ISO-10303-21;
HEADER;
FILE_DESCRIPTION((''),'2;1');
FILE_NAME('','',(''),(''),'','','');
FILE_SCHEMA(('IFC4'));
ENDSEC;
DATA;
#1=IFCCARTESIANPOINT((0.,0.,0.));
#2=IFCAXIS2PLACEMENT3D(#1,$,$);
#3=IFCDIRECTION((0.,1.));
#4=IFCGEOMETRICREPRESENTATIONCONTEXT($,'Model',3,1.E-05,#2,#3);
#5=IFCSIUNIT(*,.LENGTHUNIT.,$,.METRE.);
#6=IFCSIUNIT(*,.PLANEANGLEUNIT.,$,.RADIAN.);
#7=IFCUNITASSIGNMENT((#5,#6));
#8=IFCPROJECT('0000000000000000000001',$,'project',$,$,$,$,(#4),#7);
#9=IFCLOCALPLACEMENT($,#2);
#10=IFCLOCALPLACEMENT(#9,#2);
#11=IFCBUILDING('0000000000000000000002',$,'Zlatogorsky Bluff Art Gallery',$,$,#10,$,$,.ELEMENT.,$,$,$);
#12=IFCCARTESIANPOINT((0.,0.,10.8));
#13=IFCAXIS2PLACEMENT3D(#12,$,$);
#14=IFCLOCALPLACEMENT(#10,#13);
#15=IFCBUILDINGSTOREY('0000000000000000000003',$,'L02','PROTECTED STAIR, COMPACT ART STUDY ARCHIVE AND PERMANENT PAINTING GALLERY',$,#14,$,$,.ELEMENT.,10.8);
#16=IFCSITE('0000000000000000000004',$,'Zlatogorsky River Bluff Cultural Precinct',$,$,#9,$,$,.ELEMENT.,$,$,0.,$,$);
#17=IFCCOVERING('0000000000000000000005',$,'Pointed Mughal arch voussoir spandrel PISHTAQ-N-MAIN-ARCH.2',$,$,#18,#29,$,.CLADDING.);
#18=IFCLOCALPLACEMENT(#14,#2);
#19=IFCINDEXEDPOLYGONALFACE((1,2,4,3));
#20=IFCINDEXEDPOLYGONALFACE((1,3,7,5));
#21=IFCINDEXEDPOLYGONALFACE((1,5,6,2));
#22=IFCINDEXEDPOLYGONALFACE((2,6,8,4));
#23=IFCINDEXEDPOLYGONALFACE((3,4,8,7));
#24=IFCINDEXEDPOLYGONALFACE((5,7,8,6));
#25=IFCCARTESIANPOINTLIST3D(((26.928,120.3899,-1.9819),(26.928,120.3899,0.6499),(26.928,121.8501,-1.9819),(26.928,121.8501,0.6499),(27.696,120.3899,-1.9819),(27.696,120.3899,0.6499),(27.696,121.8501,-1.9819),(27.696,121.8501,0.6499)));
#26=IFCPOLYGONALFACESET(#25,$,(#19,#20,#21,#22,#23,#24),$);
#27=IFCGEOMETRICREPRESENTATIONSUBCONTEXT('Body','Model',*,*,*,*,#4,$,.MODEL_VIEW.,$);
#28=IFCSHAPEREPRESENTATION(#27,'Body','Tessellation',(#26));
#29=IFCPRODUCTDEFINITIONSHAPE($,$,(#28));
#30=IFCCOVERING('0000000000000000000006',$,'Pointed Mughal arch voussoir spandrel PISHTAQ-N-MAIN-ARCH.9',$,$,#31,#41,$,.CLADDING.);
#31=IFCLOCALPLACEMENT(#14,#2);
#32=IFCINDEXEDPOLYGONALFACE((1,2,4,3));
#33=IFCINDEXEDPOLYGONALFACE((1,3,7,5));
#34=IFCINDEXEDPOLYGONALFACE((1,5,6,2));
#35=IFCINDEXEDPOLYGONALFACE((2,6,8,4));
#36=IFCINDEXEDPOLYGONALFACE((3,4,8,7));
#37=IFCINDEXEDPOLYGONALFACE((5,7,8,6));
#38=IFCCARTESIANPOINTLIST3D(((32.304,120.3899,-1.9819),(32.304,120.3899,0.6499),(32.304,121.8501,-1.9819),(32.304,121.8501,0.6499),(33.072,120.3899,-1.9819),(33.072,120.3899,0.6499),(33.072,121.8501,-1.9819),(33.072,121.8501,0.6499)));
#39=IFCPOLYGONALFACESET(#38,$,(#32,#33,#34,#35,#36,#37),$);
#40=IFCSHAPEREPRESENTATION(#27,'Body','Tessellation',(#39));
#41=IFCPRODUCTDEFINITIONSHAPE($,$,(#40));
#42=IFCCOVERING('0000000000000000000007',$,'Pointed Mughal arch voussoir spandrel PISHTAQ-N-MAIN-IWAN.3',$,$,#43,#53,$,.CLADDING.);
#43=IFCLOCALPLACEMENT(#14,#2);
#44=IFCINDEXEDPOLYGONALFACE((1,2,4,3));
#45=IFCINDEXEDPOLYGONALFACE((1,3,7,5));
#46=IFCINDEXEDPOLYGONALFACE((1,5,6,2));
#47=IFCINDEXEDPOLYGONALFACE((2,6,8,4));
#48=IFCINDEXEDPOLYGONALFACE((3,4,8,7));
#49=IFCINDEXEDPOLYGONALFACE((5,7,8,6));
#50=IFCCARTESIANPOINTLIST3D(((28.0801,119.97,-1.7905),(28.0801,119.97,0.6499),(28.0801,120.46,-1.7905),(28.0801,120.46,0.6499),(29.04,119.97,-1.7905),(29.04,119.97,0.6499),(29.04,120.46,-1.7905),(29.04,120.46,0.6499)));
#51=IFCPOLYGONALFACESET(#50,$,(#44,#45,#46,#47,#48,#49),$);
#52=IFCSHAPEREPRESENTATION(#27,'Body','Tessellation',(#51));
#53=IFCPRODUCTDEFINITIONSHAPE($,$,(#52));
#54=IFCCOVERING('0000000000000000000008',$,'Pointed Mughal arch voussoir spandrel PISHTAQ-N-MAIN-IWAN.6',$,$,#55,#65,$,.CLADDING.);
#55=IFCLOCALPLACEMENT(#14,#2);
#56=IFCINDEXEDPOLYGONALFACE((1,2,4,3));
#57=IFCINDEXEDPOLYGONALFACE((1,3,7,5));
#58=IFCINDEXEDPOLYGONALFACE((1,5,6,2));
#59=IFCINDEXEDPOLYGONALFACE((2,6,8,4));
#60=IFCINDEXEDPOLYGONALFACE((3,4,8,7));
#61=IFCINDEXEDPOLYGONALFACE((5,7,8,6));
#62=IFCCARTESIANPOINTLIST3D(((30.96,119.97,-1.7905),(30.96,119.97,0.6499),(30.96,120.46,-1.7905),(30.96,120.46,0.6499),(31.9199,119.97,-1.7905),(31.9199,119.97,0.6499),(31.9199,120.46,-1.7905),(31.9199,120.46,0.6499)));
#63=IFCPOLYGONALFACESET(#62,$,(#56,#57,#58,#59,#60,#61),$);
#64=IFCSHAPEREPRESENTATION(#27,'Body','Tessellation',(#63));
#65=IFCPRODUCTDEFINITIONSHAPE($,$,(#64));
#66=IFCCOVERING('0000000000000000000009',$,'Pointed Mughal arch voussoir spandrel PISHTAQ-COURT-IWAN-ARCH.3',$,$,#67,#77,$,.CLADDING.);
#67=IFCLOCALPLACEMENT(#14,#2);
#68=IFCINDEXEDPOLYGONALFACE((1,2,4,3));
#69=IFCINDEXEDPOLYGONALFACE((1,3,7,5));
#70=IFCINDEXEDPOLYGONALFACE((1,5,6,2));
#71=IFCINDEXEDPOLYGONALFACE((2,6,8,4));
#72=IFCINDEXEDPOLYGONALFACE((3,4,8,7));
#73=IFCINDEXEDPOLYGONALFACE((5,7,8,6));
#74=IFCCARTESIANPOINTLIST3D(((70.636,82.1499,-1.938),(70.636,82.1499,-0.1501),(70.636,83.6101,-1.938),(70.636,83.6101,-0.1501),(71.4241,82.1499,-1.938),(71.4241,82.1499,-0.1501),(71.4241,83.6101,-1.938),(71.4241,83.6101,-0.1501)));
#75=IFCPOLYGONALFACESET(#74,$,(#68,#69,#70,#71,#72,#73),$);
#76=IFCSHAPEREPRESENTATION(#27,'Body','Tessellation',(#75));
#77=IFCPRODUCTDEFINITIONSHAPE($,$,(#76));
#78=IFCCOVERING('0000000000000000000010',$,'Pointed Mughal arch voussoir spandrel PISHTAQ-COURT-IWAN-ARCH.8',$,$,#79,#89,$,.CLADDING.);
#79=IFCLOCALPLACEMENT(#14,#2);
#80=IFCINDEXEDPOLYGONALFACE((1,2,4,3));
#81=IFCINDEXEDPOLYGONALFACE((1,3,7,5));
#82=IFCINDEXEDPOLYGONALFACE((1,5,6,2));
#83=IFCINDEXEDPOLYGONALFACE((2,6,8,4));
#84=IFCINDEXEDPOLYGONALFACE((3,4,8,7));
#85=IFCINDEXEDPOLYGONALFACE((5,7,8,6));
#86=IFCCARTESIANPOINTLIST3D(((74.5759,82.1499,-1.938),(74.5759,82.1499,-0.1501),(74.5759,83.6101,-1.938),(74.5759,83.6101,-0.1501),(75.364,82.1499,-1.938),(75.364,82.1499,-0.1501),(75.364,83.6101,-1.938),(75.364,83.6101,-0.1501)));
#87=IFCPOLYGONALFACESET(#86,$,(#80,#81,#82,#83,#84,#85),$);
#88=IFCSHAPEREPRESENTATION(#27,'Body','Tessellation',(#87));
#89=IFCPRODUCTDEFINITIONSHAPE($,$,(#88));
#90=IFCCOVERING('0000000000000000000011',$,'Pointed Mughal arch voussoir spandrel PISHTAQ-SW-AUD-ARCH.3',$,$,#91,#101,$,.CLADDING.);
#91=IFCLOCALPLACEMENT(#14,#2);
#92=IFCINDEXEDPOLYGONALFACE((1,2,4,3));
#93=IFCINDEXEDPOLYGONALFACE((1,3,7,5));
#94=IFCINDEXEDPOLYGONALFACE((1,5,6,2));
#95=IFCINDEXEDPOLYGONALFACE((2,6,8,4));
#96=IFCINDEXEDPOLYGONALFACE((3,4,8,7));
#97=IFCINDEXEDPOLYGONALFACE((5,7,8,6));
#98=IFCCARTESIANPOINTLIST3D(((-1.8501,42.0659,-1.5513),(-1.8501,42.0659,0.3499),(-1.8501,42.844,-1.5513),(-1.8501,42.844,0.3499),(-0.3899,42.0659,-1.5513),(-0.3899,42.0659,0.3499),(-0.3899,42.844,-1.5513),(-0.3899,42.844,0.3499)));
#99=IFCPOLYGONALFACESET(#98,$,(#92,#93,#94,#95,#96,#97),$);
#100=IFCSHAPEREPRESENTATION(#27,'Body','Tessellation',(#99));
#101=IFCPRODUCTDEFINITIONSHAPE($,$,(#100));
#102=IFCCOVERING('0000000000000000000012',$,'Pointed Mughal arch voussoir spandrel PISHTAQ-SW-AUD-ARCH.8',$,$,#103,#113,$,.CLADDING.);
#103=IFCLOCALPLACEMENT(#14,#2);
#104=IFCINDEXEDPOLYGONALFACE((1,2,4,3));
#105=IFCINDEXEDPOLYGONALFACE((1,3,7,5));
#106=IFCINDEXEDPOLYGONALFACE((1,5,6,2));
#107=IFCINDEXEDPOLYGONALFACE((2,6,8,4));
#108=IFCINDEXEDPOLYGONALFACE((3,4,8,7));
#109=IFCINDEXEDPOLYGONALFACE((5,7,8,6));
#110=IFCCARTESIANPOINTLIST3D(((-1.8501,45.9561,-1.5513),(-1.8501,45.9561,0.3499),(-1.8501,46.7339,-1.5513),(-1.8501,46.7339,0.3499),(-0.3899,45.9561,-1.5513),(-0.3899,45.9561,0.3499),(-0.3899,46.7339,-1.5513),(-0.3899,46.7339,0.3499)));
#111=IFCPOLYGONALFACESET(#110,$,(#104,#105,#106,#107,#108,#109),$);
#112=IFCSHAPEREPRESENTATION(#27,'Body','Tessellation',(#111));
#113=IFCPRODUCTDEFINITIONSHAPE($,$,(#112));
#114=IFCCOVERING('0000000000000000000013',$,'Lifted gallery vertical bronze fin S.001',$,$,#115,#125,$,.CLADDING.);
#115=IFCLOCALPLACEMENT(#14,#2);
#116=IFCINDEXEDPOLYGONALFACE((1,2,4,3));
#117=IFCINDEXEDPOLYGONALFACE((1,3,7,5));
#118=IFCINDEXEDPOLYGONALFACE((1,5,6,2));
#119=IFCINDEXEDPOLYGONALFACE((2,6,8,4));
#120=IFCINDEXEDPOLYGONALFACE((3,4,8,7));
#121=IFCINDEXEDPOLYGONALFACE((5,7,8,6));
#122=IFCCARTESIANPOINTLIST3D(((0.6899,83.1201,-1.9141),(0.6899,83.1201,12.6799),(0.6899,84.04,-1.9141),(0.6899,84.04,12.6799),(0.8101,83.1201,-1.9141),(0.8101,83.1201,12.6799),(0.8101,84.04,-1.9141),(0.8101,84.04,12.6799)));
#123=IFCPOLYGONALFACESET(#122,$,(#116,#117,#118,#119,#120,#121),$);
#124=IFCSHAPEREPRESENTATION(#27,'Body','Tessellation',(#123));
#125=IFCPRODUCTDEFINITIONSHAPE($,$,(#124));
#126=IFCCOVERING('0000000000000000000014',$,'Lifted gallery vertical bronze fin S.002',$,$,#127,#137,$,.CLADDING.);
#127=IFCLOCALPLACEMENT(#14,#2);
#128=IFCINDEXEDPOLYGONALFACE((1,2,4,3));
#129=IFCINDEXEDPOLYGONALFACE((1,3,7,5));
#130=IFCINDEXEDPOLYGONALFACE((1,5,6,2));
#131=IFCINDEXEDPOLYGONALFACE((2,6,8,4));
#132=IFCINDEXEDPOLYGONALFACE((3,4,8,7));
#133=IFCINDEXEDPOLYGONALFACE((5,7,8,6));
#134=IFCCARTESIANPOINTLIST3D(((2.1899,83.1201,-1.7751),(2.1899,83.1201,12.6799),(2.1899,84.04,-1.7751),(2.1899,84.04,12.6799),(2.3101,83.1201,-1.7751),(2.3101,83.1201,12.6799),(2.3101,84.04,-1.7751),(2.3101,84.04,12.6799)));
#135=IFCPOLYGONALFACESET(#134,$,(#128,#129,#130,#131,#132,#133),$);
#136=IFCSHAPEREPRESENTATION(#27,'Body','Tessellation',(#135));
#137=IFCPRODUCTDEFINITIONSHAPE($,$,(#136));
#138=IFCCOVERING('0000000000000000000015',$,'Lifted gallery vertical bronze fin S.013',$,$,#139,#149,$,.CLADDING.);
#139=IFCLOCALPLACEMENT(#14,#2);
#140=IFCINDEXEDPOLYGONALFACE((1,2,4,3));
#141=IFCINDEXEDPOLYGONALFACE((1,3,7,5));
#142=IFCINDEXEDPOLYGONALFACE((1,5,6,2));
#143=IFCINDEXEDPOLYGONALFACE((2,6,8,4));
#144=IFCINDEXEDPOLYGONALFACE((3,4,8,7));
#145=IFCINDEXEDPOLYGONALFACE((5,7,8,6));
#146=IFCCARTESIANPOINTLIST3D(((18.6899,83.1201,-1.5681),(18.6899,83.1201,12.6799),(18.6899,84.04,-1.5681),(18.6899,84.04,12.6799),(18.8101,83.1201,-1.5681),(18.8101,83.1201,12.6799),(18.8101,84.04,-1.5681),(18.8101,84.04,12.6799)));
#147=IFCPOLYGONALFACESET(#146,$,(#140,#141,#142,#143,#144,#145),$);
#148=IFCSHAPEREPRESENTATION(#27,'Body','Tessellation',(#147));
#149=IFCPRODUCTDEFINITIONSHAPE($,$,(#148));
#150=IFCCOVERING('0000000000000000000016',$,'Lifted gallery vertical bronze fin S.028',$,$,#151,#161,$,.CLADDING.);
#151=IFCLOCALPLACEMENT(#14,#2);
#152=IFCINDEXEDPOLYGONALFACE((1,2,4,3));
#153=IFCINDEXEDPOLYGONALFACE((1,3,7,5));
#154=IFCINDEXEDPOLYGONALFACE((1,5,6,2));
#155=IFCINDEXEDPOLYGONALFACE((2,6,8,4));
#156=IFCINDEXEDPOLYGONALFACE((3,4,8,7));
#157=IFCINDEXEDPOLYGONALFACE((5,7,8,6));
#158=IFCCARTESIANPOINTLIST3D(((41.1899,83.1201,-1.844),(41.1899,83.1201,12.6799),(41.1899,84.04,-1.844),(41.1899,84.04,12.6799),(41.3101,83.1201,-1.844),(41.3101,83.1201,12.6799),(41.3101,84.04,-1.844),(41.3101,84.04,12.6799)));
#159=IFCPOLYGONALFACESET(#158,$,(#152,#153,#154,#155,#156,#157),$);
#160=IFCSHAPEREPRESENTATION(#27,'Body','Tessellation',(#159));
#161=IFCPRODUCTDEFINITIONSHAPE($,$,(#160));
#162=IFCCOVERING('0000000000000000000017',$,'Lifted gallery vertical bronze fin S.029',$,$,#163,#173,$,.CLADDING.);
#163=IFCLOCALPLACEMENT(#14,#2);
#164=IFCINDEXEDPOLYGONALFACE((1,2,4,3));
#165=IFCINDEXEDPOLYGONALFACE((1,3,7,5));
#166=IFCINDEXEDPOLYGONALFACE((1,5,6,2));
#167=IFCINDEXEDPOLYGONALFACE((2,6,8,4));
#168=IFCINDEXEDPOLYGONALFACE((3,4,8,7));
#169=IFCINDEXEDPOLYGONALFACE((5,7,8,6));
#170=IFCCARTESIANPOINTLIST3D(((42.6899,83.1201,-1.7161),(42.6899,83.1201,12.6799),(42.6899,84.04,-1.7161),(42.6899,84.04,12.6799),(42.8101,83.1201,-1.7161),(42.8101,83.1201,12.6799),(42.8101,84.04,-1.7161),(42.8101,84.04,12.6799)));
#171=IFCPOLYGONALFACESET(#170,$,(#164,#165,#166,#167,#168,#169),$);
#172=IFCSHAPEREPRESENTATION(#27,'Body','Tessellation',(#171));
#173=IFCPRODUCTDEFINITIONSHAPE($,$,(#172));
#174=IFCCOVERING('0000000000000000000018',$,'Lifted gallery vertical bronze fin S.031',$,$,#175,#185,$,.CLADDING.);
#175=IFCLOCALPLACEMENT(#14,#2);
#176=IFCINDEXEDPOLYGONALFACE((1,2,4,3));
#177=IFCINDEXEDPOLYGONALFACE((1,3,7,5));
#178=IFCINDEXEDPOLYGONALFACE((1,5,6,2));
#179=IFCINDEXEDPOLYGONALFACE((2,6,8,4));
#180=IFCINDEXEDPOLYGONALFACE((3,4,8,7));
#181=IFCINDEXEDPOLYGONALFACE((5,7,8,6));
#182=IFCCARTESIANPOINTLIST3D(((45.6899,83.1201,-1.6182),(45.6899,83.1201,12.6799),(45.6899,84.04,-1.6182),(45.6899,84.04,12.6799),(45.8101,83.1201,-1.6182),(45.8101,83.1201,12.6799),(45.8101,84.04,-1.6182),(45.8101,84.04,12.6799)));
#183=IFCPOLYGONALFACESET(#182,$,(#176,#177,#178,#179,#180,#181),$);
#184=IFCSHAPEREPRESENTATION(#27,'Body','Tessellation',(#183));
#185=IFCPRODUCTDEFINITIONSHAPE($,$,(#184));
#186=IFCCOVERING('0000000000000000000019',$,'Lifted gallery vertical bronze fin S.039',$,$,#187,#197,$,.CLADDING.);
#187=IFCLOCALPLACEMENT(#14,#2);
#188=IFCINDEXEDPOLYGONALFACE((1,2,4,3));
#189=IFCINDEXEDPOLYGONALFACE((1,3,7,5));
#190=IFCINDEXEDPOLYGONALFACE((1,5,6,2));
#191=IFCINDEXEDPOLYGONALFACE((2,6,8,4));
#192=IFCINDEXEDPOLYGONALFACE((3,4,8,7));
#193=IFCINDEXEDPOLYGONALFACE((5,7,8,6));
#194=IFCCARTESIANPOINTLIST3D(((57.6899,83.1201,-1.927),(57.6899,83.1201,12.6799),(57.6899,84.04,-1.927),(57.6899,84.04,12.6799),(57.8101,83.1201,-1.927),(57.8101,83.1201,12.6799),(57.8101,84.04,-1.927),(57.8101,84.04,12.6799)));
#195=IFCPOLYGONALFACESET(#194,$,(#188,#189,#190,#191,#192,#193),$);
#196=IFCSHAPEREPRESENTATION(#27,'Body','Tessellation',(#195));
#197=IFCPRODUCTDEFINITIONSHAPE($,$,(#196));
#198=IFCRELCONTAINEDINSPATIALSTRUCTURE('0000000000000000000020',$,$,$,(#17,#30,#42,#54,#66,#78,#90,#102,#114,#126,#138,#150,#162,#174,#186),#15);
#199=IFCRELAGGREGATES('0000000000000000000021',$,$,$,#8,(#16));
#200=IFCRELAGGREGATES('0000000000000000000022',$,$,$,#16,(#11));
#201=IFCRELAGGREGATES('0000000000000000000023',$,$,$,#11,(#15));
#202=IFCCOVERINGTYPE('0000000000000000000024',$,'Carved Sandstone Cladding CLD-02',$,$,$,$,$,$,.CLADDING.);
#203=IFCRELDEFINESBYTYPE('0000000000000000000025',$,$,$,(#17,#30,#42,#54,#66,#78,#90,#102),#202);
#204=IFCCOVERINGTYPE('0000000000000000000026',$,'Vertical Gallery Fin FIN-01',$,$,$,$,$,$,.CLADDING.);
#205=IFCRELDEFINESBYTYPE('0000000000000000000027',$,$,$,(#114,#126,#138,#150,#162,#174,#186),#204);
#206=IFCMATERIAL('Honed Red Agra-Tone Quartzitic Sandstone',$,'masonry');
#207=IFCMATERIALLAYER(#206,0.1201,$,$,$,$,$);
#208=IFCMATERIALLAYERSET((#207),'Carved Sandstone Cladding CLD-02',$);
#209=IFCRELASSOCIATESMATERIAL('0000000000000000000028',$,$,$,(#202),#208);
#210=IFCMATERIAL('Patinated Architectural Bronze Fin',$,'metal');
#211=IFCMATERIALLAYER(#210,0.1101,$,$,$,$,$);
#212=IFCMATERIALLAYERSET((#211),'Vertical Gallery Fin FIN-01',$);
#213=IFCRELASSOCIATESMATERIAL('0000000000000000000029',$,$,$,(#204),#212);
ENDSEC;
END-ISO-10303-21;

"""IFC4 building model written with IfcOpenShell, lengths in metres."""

from ifc_helpers import new_model, si_unit, direction, frame, origin, place, context, subcontext, project, spatial, polyline, outline, extrude, material, layer, layer_set, type_object, element, save


model = new_model("IFC4")

# Units and contexts
model_context = context("Model", 3, precision=1e-05, world=origin(), true_north=direction((0.0, 1.0)))
body_context = subcontext(model_context, "Body", "Model", "MODEL_VIEW")
ifc_project = project(units=[si_unit("LENGTHUNIT", "METRE"), si_unit("PLANEANGLEUNIT", "RADIAN")], contexts=[model_context])

# Site, building, storey
site_placement = place(None, origin())
site = spatial("IfcSite", under=ifc_project, at=site_placement, Name="Zlatogorsky River Bluff Cultural Precinct", CompositionType="ELEMENT", RefElevation=0.0)
building_placement = place(site_placement, origin())
building = spatial("IfcBuilding", under=site, at=building_placement, Name="Zlatogorsky Bluff Art Gallery", CompositionType="ELEMENT")
storey_placement = place(building_placement, frame((0.0, 0.0, 10.8)))
storey = spatial("IfcBuildingStorey", under=building, at=storey_placement, Name="L02", Description="PROTECTED STAIR, COMPACT ART STUDY ARCHIVE AND PERMANENT PAINTING GALLERY", CompositionType="ELEMENT", Elevation=10.8)

# Coverings
ifc_material_1 = material(Name="Honed Red Agra-Tone Quartzitic Sandstone", Category="masonry")
ifc_layer_1 = layer(ifc_material_1, 0.1201)
ifc_layer_set_1 = layer_set([ifc_layer_1], Name="Carved Sandstone Cladding CLD-02")
covering_type_1 = type_object("IfcCoveringType", Name="Carved Sandstone Cladding CLD-02", PredefinedType="CLADDING", material=ifc_layer_set_1)
covering_1_placement = place(storey_placement, frame((0.0, 0.0, -1.9819)))
element("IfcCovering", 1, at=covering_1_placement, inside=storey, type_object=covering_type_1, Name="Pointed Mughal arch voussoir spandrel PISHTAQ-N-MAIN-ARCH.2", PredefinedType="CLADDING", context=body_context, shape_type="SweptSolid", body=[
    extrude(outline(polyline([(26.928, 120.3899), (27.696, 120.3899), (27.696, 121.8501), (26.928, 121.8501), (26.928, 120.3899)])), origin(), (0.0, 0.0, 1.0), 2.6318),
])
covering_2_placement = place(storey_placement, frame((0.0, 0.0, -1.9819)))
element("IfcCovering", 2, at=covering_2_placement, inside=storey, type_object=covering_type_1, Name="Pointed Mughal arch voussoir spandrel PISHTAQ-N-MAIN-ARCH.9", PredefinedType="CLADDING", context=body_context, shape_type="SweptSolid", body=[
    extrude(outline(polyline([(32.304, 120.3899), (33.072, 120.3899), (33.072, 121.8501), (32.304, 121.8501), (32.304, 120.3899)])), origin(), (0.0, 0.0, 1.0), 2.6318),
])
covering_3_placement = place(storey_placement, frame((0.0, 0.0, -1.7905)))
element("IfcCovering", 3, at=covering_3_placement, inside=storey, type_object=covering_type_1, Name="Pointed Mughal arch voussoir spandrel PISHTAQ-N-MAIN-IWAN.3", PredefinedType="CLADDING", context=body_context, shape_type="SweptSolid", body=[
    extrude(outline(polyline([(28.0801, 119.97), (29.04, 119.97), (29.04, 120.46), (28.0801, 120.46), (28.0801, 119.97)])), origin(), (0.0, 0.0, 1.0), 2.4404),
])
covering_4_placement = place(storey_placement, frame((0.0, 0.0, -1.7905)))
element("IfcCovering", 4, at=covering_4_placement, inside=storey, type_object=covering_type_1, Name="Pointed Mughal arch voussoir spandrel PISHTAQ-N-MAIN-IWAN.6", PredefinedType="CLADDING", context=body_context, shape_type="SweptSolid", body=[
    extrude(outline(polyline([(30.96, 119.97), (31.9199, 119.97), (31.9199, 120.46), (30.96, 120.46), (30.96, 119.97)])), origin(), (0.0, 0.0, 1.0), 2.4404),
])
covering_5_placement = place(storey_placement, frame((0.0, 0.0, -1.938)))
element("IfcCovering", 5, at=covering_5_placement, inside=storey, type_object=covering_type_1, Name="Pointed Mughal arch voussoir spandrel PISHTAQ-COURT-IWAN-ARCH.3", PredefinedType="CLADDING", context=body_context, shape_type="SweptSolid", body=[
    extrude(outline(polyline([(70.636, 82.1499), (71.4241, 82.1499), (71.4241, 83.6101), (70.636, 83.6101), (70.636, 82.1499)])), origin(), (0.0, 0.0, 1.0), 1.7878),
])
covering_6_placement = place(storey_placement, frame((0.0, 0.0, -1.938)))
element("IfcCovering", 6, at=covering_6_placement, inside=storey, type_object=covering_type_1, Name="Pointed Mughal arch voussoir spandrel PISHTAQ-COURT-IWAN-ARCH.8", PredefinedType="CLADDING", context=body_context, shape_type="SweptSolid", body=[
    extrude(outline(polyline([(74.5759, 82.1499), (75.364, 82.1499), (75.364, 83.6101), (74.5759, 83.6101), (74.5759, 82.1499)])), origin(), (0.0, 0.0, 1.0), 1.7878),
])
covering_7_placement = place(storey_placement, frame((0.0, 0.0, -1.5513)))
element("IfcCovering", 7, at=covering_7_placement, inside=storey, type_object=covering_type_1, Name="Pointed Mughal arch voussoir spandrel PISHTAQ-SW-AUD-ARCH.3", PredefinedType="CLADDING", context=body_context, shape_type="SweptSolid", body=[
    extrude(outline(polyline([(-1.8501, 42.0659), (-1.8501, 42.844), (-0.3899, 42.844), (-0.3899, 42.0659), (-1.8501, 42.0659)])), origin(), (0.0, 0.0, 1.0), 1.9011),
])
covering_8_placement = place(storey_placement, frame((0.0, 0.0, -1.5513)))
element("IfcCovering", 8, at=covering_8_placement, inside=storey, type_object=covering_type_1, Name="Pointed Mughal arch voussoir spandrel PISHTAQ-SW-AUD-ARCH.8", PredefinedType="CLADDING", context=body_context, shape_type="SweptSolid", body=[
    extrude(outline(polyline([(-1.8501, 45.9561), (-1.8501, 46.7339), (-0.3899, 46.7339), (-0.3899, 45.9561), (-1.8501, 45.9561)])), origin(), (0.0, 0.0, 1.0), 1.9011),
])
ifc_material_2 = material(Name="Patinated Architectural Bronze Fin", Category="metal")
ifc_layer_2 = layer(ifc_material_2, 0.1101)
ifc_layer_set_2 = layer_set([ifc_layer_2], Name="Vertical Gallery Fin FIN-01")
covering_type_2 = type_object("IfcCoveringType", Name="Vertical Gallery Fin FIN-01", PredefinedType="CLADDING", material=ifc_layer_set_2)
covering_9_placement = place(storey_placement, frame((0.0, 0.0, -1.9141)))
element("IfcCovering", 9, at=covering_9_placement, inside=storey, type_object=covering_type_2, Name="Lifted gallery vertical bronze fin S.001", PredefinedType="CLADDING", context=body_context, shape_type="SweptSolid", body=[
    extrude(outline(polyline([(0.6899, 83.1201), (0.8101, 83.1201), (0.8101, 84.04), (0.6899, 84.04), (0.6899, 83.1201)])), origin(), (0.0, 0.0, 1.0), 14.594),
])
covering_10_placement = place(storey_placement, frame((0.0, 0.0, -1.7751)))
element("IfcCovering", 10, at=covering_10_placement, inside=storey, type_object=covering_type_2, Name="Lifted gallery vertical bronze fin S.002", PredefinedType="CLADDING", context=body_context, shape_type="SweptSolid", body=[
    extrude(outline(polyline([(2.1899, 83.1201), (2.3101, 83.1201), (2.3101, 84.04), (2.1899, 84.04), (2.1899, 83.1201)])), origin(), (0.0, 0.0, 1.0), 14.4551),
])
covering_11_placement = place(storey_placement, frame((0.0, 0.0, -1.5681)))
element("IfcCovering", 11, at=covering_11_placement, inside=storey, type_object=covering_type_2, Name="Lifted gallery vertical bronze fin S.013", PredefinedType="CLADDING", context=body_context, shape_type="SweptSolid", body=[
    extrude(outline(polyline([(18.6899, 83.1201), (18.8101, 83.1201), (18.8101, 84.04), (18.6899, 84.04), (18.6899, 83.1201)])), origin(), (0.0, 0.0, 1.0), 14.248),
])
covering_12_placement = place(storey_placement, frame((0.0, 0.0, -1.844)))
element("IfcCovering", 12, at=covering_12_placement, inside=storey, type_object=covering_type_2, Name="Lifted gallery vertical bronze fin S.028", PredefinedType="CLADDING", context=body_context, shape_type="SweptSolid", body=[
    extrude(outline(polyline([(41.1899, 83.1201), (41.3101, 83.1201), (41.3101, 84.04), (41.1899, 84.04), (41.1899, 83.1201)])), origin(), (0.0, 0.0, 1.0), 14.5239),
])
covering_13_placement = place(storey_placement, frame((0.0, 0.0, -1.7161)))
element("IfcCovering", 13, at=covering_13_placement, inside=storey, type_object=covering_type_2, Name="Lifted gallery vertical bronze fin S.029", PredefinedType="CLADDING", context=body_context, shape_type="SweptSolid", body=[
    extrude(outline(polyline([(42.6899, 83.1201), (42.8101, 83.1201), (42.8101, 84.04), (42.6899, 84.04), (42.6899, 83.1201)])), origin(), (0.0, 0.0, 1.0), 14.396),
])
covering_14_placement = place(storey_placement, frame((0.0, 0.0, -1.6182)))
element("IfcCovering", 14, at=covering_14_placement, inside=storey, type_object=covering_type_2, Name="Lifted gallery vertical bronze fin S.031", PredefinedType="CLADDING", context=body_context, shape_type="SweptSolid", body=[
    extrude(outline(polyline([(45.6899, 83.1201), (45.8101, 83.1201), (45.8101, 84.04), (45.6899, 84.04), (45.6899, 83.1201)])), origin(), (0.0, 0.0, 1.0), 14.2981),
])
covering_15_placement = place(storey_placement, frame((0.0, 0.0, -1.927)))
element("IfcCovering", 15, at=covering_15_placement, inside=storey, type_object=covering_type_2, Name="Lifted gallery vertical bronze fin S.039", PredefinedType="CLADDING", context=body_context, shape_type="SweptSolid", body=[
    extrude(outline(polyline([(57.6899, 83.1201), (57.8101, 83.1201), (57.8101, 84.04), (57.6899, 84.04), (57.6899, 83.1201)])), origin(), (0.0, 0.0, 1.0), 14.6069),
])

save(model, "model.ifc")
